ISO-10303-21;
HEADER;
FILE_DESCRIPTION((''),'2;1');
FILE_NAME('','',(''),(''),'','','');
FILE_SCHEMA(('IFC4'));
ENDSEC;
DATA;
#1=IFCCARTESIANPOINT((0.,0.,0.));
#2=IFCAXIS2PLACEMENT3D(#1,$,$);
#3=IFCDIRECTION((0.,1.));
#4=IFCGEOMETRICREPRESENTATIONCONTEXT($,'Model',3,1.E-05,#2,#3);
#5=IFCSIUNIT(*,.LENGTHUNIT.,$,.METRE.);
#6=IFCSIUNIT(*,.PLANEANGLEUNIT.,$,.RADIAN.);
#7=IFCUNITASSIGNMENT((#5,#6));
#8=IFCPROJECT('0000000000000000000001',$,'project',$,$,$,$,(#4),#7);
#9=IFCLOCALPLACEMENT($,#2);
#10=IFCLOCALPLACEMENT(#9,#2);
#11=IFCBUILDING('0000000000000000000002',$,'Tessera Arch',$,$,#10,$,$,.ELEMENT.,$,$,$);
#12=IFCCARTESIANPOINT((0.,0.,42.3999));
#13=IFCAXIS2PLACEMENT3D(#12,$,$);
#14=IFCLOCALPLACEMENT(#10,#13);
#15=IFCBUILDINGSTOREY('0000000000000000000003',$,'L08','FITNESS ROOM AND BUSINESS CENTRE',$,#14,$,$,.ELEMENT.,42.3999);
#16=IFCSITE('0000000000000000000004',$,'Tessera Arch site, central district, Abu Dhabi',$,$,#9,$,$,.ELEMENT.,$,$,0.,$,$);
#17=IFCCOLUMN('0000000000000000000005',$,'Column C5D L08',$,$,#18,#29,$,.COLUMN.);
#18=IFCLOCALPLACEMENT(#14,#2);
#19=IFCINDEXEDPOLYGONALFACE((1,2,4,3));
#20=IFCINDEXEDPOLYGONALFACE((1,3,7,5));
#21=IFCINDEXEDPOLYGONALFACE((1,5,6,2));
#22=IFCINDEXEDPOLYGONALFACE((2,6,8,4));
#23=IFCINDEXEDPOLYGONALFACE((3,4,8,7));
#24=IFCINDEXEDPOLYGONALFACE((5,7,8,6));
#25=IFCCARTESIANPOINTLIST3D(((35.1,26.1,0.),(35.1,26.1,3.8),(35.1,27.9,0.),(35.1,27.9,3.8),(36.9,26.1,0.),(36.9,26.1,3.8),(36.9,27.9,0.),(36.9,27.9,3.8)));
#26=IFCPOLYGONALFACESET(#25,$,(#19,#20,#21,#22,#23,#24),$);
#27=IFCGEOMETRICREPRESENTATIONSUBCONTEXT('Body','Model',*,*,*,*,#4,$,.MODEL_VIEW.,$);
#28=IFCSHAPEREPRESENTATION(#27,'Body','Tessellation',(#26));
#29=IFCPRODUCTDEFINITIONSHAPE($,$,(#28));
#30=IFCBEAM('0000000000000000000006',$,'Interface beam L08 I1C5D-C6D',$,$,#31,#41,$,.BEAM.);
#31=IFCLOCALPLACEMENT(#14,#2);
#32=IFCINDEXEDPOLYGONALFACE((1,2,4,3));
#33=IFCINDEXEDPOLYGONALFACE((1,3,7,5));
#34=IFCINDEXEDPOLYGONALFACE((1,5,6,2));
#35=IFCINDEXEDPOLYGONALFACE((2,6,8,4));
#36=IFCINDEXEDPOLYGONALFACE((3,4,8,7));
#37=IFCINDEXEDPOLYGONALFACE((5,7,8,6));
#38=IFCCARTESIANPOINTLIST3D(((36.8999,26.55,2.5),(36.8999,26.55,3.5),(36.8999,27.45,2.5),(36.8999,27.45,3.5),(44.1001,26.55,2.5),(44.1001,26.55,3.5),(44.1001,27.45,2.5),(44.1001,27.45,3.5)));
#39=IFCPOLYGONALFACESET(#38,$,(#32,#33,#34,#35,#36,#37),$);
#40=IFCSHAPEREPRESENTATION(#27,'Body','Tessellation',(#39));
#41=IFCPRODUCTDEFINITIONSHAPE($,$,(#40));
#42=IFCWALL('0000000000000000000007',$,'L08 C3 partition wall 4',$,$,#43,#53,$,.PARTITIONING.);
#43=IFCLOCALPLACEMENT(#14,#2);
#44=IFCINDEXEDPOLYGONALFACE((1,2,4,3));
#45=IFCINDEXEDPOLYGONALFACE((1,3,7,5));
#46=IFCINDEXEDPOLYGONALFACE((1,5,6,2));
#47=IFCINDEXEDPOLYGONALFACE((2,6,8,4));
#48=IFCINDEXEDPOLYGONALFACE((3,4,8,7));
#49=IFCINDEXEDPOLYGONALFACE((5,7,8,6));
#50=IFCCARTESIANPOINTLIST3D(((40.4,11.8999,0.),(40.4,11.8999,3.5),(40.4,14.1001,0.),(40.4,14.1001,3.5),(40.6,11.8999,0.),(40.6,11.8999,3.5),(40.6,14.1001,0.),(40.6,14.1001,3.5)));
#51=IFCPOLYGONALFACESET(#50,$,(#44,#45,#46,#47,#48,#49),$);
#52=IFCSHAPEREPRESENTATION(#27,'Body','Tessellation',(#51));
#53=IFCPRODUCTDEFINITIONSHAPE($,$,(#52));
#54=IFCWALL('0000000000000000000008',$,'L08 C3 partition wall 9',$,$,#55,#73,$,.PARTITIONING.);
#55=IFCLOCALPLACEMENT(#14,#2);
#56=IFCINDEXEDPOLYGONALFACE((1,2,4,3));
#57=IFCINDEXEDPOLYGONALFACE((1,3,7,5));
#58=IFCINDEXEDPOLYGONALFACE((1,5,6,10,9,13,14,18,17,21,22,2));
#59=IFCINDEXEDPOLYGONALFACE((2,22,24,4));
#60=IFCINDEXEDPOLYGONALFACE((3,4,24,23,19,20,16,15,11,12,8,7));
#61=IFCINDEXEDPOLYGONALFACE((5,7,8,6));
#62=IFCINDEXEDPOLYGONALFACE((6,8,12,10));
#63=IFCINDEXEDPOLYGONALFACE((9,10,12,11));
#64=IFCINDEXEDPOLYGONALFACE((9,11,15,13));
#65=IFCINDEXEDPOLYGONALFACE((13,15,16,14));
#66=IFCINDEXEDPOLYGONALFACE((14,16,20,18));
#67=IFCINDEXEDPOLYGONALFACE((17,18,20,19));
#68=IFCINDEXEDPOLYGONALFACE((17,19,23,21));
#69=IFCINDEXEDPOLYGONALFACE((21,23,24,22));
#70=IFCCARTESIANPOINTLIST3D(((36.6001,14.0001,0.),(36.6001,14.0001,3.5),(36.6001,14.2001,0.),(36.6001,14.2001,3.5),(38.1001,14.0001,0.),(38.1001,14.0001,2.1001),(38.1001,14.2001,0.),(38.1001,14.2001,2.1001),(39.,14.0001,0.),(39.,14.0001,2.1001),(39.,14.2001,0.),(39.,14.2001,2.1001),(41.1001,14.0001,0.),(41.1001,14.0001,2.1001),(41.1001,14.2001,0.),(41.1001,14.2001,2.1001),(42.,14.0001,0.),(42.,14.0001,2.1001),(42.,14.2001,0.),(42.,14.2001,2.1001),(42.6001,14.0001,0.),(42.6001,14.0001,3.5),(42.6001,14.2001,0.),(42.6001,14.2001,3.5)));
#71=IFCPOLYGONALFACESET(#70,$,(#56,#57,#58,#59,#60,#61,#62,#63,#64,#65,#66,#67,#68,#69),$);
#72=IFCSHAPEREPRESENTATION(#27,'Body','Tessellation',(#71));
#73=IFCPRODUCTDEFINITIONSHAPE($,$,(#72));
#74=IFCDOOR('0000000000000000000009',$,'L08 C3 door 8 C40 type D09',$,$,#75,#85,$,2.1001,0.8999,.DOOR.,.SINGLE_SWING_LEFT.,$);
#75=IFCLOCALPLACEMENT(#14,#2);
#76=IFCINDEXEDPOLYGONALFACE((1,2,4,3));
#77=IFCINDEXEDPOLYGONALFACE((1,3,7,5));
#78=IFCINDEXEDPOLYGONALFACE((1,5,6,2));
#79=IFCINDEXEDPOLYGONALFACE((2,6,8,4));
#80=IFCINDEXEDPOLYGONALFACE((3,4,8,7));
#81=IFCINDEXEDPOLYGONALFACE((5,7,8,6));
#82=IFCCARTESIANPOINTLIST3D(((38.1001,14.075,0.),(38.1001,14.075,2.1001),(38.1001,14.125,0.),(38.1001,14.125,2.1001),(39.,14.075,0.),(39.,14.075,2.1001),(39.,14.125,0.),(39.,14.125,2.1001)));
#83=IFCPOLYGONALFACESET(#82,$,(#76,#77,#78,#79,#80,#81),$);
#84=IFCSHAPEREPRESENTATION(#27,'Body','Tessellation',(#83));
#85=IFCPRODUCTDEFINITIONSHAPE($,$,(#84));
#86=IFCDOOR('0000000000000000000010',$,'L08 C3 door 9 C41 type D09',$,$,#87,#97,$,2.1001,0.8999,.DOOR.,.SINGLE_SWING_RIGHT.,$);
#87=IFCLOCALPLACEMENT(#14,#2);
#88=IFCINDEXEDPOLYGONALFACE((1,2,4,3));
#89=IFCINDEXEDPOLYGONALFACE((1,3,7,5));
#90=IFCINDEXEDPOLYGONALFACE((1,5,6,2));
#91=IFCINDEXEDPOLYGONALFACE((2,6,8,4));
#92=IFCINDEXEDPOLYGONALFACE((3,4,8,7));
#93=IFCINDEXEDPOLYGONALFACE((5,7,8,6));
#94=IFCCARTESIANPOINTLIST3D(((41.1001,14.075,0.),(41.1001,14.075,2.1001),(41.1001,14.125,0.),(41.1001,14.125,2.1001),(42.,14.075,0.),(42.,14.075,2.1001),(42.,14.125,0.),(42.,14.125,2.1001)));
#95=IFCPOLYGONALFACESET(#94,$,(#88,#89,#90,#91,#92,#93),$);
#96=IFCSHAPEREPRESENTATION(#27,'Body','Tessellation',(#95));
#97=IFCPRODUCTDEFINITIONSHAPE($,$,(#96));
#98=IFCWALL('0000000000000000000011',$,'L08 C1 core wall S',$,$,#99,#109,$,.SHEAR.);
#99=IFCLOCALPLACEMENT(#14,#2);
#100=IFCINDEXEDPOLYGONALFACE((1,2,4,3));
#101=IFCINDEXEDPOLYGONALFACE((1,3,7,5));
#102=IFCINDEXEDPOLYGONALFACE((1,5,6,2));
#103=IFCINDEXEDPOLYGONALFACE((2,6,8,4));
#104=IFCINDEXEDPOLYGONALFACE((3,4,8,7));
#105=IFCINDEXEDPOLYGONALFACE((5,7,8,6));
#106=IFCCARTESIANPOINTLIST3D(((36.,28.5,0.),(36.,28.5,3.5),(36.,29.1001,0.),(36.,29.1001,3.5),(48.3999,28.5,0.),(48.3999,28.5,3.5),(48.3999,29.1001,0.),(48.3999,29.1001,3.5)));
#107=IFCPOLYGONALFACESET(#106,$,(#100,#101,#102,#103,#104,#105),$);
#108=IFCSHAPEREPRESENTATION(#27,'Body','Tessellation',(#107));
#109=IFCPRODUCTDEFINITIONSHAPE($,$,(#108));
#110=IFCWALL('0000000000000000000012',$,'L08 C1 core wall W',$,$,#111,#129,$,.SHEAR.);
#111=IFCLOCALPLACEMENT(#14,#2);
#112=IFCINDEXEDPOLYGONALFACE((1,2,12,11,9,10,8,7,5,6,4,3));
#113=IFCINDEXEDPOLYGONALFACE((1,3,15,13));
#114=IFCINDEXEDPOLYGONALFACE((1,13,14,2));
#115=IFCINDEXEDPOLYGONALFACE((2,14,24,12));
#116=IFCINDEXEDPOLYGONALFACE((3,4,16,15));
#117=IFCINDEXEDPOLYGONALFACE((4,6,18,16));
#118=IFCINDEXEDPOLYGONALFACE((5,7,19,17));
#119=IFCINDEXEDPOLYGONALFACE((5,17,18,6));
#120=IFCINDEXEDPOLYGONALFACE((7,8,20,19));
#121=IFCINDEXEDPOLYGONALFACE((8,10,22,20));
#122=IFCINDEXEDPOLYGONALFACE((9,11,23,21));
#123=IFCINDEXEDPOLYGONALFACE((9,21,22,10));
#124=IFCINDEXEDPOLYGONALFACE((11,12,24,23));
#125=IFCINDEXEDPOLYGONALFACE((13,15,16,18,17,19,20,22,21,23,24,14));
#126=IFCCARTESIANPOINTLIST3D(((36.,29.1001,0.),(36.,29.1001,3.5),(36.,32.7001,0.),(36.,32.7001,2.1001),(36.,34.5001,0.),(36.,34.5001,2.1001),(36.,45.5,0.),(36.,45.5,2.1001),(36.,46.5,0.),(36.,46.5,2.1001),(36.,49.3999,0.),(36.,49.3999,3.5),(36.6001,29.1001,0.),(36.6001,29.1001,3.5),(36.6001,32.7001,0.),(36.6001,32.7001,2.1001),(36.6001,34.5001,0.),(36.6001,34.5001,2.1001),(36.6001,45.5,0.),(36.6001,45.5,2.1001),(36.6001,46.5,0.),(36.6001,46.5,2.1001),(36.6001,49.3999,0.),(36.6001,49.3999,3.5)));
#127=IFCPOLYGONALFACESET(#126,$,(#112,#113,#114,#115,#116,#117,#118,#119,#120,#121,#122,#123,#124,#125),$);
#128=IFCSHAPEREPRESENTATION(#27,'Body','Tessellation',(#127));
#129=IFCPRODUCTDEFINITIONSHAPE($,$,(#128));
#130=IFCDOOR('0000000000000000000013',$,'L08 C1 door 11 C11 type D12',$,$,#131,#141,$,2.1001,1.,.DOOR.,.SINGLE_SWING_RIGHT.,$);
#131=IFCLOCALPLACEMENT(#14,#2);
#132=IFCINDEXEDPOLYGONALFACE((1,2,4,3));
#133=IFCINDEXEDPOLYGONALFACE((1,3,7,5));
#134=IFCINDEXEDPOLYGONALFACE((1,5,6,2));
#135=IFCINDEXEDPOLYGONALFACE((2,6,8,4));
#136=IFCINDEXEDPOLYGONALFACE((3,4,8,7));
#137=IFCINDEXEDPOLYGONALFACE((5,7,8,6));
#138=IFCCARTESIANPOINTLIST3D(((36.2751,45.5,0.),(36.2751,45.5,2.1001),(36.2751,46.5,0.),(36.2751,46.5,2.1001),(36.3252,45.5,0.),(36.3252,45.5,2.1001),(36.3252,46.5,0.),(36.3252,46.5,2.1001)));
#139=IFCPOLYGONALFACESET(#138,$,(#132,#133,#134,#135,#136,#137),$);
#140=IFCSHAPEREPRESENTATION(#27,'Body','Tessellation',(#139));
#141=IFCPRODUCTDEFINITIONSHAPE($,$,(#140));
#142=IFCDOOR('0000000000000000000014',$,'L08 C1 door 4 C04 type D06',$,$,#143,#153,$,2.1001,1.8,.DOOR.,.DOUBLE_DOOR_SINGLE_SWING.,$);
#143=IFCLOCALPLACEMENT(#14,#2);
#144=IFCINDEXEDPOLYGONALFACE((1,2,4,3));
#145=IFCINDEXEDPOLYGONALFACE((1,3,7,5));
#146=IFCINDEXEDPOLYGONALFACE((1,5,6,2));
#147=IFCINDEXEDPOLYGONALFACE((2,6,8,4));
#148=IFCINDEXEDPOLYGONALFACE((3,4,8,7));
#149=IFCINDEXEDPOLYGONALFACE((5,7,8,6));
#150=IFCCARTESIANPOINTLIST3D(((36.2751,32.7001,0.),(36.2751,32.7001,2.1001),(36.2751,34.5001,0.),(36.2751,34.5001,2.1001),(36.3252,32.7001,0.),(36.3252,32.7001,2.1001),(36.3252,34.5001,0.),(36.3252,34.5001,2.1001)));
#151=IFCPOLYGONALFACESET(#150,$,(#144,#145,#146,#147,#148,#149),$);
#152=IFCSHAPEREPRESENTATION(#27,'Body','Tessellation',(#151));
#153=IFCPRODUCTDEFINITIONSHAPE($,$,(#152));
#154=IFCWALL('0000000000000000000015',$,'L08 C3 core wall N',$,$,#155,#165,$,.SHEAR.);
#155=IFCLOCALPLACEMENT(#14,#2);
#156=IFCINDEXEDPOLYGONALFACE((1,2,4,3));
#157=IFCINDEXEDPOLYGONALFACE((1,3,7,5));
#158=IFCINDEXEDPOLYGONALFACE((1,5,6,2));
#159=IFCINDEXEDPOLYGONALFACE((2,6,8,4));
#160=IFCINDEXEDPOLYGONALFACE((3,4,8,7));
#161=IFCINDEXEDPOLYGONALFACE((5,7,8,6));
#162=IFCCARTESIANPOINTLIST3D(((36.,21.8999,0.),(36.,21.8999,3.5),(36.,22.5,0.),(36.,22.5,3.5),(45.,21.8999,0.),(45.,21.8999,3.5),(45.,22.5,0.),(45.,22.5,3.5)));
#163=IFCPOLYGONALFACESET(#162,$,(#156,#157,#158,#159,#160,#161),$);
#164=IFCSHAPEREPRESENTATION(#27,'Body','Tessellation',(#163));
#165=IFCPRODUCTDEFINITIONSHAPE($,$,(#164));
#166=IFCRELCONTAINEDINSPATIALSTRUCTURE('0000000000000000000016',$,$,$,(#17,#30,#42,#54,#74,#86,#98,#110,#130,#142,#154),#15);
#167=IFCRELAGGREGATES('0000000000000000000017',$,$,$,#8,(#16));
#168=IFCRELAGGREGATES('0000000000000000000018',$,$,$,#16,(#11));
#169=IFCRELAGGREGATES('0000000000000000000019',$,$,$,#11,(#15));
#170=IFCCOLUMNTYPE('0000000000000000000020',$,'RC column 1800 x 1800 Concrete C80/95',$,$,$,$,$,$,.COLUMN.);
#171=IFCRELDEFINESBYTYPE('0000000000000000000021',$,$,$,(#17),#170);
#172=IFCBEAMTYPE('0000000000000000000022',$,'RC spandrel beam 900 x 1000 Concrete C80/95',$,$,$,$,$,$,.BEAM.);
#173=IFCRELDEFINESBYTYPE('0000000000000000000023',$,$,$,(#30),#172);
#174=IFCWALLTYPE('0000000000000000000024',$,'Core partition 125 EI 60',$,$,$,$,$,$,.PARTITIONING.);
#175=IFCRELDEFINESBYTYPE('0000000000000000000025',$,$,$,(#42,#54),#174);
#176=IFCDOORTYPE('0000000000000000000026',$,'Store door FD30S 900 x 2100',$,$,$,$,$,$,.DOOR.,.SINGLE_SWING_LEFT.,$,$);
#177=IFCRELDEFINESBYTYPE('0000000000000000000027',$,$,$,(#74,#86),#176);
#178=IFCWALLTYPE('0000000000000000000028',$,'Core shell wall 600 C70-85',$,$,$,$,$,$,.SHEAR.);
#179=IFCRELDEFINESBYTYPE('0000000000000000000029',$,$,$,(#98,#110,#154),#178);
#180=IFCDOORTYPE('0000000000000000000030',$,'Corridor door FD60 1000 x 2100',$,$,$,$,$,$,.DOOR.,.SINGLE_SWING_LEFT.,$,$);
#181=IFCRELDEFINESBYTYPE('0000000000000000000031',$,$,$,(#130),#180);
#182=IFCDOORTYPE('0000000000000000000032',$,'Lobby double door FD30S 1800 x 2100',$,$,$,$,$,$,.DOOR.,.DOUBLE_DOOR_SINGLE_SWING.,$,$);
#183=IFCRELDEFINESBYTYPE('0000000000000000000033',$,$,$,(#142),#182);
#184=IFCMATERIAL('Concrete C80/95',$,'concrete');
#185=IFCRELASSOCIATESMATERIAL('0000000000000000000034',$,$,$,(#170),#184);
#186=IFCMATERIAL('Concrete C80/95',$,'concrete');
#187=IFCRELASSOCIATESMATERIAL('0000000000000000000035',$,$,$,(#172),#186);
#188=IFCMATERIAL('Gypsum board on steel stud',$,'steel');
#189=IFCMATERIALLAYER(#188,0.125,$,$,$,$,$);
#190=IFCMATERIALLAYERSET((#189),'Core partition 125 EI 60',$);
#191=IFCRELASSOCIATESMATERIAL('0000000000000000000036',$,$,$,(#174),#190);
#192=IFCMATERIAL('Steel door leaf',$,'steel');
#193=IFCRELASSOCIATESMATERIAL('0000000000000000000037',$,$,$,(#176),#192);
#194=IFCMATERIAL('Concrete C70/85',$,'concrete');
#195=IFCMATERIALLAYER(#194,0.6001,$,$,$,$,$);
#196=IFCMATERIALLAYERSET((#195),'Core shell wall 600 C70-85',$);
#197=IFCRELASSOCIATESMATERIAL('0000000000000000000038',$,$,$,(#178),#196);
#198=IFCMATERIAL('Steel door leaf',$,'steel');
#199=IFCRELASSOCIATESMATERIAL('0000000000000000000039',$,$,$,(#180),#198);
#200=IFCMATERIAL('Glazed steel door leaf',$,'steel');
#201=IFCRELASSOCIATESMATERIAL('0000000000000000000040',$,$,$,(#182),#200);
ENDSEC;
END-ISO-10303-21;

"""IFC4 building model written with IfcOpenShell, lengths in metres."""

from ifc_helpers import new_model, si_unit, direction, frame, frame_2d, origin, origin_2d, place, context, subcontext, project, spatial, rectangle, extrude, material, layer, layer_set, material_profile, profile_set, type_object, element, fill, save


model = new_model("IFC4")

# Units and contexts
model_context = context("Model", 3, precision=1e-05, world=origin(), true_north=direction((0.0, 1.0)))
body_context = subcontext(model_context, "Body", "Model", "MODEL_VIEW")
ifc_project = project(units=[si_unit("LENGTHUNIT", "METRE"), si_unit("PLANEANGLEUNIT", "RADIAN")], contexts=[model_context])

# Site, building, storey
site_placement = place(None, origin())
site = spatial("IfcSite", under=ifc_project, at=site_placement, Name="Tessera Arch site, central district, Abu Dhabi", CompositionType="ELEMENT", RefElevation=0.0)
building_placement = place(site_placement, origin())
building = spatial("IfcBuilding", under=site, at=building_placement, Name="Tessera Arch", CompositionType="ELEMENT")
storey_placement = place(building_placement, frame((0.0, 0.0, 42.3999)))
storey = spatial("IfcBuildingStorey", under=building, at=storey_placement, Name="L08", Description="FITNESS ROOM AND BUSINESS CENTRE", CompositionType="ELEMENT", Elevation=42.3999)

# Column
ifc_material_1 = material(Name="Concrete C80/95", Category="concrete")
ifc_material_profile_1 = material_profile(ifc_material_1, rectangle(XDim=1.8, YDim=1.8, at=origin_2d()), Name="RC column 1800 x 1800 Concrete C80/95")
ifc_profile_set_1 = profile_set([ifc_material_profile_1], Name="Concrete C80/95")
column_type = type_object("IfcColumnType", Name="RC column 1800 x 1800 Concrete C80/95", PredefinedType="COLUMN", material=ifc_profile_set_1)
column_placement = place(storey_placement, frame((36.0, 27.0, 0.0), z_axis=(0.0, 0.0, 1.0), x_axis=(1.0, 0.0, 0.0)))
element("IfcColumn", 1, at=column_placement, inside=storey, type_object=column_type, Name="Column C5D L08", PredefinedType="COLUMN", context=body_context, shape_type="SweptSolid", body=[
    extrude(rectangle(XDim=1.8, YDim=1.8, at=origin_2d()), origin(), (0.0, 0.0, 1.0), 3.8),
])

# Beam
ifc_material_2 = material(Name="Concrete C80/95", Category="concrete")
ifc_material_profile_2 = material_profile(ifc_material_2, rectangle(XDim=0.8999, YDim=1.0, at=origin_2d()), Name="RC spandrel beam 900 x 1000 Concrete C80/95")
ifc_profile_set_2 = profile_set([ifc_material_profile_2], Name="Concrete C80/95")
beam_type = type_object("IfcBeamType", Name="RC spandrel beam 900 x 1000 Concrete C80/95", PredefinedType="BEAM", material=ifc_profile_set_2)
beam_placement = place(storey_placement, frame((36.8999, 27.0, 3.0), z_axis=(1.0, 0.0, 0.0), x_axis=(0.0, 1.0, 0.0)))
element("IfcBeam", 2, at=beam_placement, inside=storey, type_object=beam_type, Name="Interface beam L08 I1C5D-C6D", PredefinedType="BEAM", context=body_context, shape_type="SweptSolid", body=[
    extrude(rectangle(XDim=0.8999, YDim=1.0, at=origin_2d()), origin(), (0.0, 0.0, 1.0), 7.2002),
])

# Wall
ifc_material_3 = material(Name="Gypsum board on steel stud", Category="steel")
ifc_layer_1 = layer(ifc_material_3, 0.125)
ifc_layer_set_1 = layer_set([ifc_layer_1], Name="Core partition 125 EI 60")
wall_type_1 = type_object("IfcWallType", Name="Core partition 125 EI 60", PredefinedType="PARTITIONING", material=ifc_layer_set_1)
wall_1_placement = place(storey_placement, frame((40.5, 11.8999, 0.0), z_axis=(0.0, 0.0, 1.0), x_axis=(0.0, 1.0, 0.0)))
element("IfcWall", 3, at=wall_1_placement, inside=storey, type_object=wall_type_1, Name="L08 C3 partition wall 4", PredefinedType="PARTITIONING", context=body_context, shape_type="SweptSolid", body=[
    extrude(rectangle(XDim=2.2002, YDim=0.2, at=frame_2d((1.1001, 0.0))), origin(), (0.0, 0.0, 1.0), 3.5),
])

# Wall, openings, doors
wall_2_placement = place(storey_placement, frame((36.6001, 14.1001, 0.0), z_axis=(0.0, 0.0, 1.0), x_axis=(1.0, 0.0, 0.0)))
wall_2 = element("IfcWall", 4, at=wall_2_placement, inside=storey, type_object=wall_type_1, Name="L08 C3 partition wall 9", PredefinedType="PARTITIONING", context=body_context, shape_type="SweptSolid", body=[
    extrude(rectangle(XDim=6.0, YDim=0.2, at=frame_2d((3.0, 0.0))), origin(), (0.0, 0.0, 1.0), 3.5),
])
opening_1_placement = place(wall_2_placement, frame((1.5, 0.0, 0.0)))
opening_1 = element("IfcOpeningElement", 5, at=opening_1_placement, cuts=wall_2, PredefinedType="OPENING", context=body_context, shape_type="SweptSolid", body=[
    extrude(rectangle(XDim=0.8999, YDim=2.1001, at=frame_2d((0.45, 1.05))), frame((0.0, 0.1099, 0.0), z_axis=(0.0, -1.0, 0.0), x_axis=(1.0, 0.0, 0.0)), (0.0, 0.0, 1.0), 0.22),
])
opening_2_placement = place(wall_2_placement, frame((4.5, 0.0, 0.0)))
opening_2 = element("IfcOpeningElement", 6, at=opening_2_placement, cuts=wall_2, PredefinedType="OPENING", context=body_context, shape_type="SweptSolid", body=[
    extrude(rectangle(XDim=0.8999, YDim=2.1001, at=frame_2d((0.45, 1.05))), frame((0.0, 0.1099, 0.0), z_axis=(0.0, -1.0, 0.0), x_axis=(1.0, 0.0, 0.0)), (0.0, 0.0, 1.0), 0.22),
])
ifc_material_4 = material(Name="Steel door leaf", Category="steel")
door_type_1 = type_object("IfcDoorType", Name="Store door FD30S 900 x 2100", OperationType="SINGLE_SWING_LEFT", PredefinedType="DOOR", material=ifc_material_4)
door_1_placement = place(opening_1_placement, origin())
door_1 = element("IfcDoor", 7, at=door_1_placement, inside=storey, type_object=door_type_1, Name="L08 C3 door 8 C40 type D09", OperationType="SINGLE_SWING_LEFT", OverallHeight=2.1001, OverallWidth=0.8999, PredefinedType="DOOR", context=body_context, shape_type="SweptSolid", body=[
    extrude(rectangle(XDim=0.8999, YDim=2.1001, at=frame_2d((0.45, 1.05))), frame((0.0, 0.0249, 0.0), z_axis=(0.0, -1.0, 0.0), x_axis=(1.0, 0.0, 0.0)), (0.0, 0.0, 1.0), 0.05),
])
fill(opening_1, door_1)
door_2_placement = place(opening_2_placement, origin())
door_2 = element("IfcDoor", 8, at=door_2_placement, inside=storey, type_object=door_type_1, Name="L08 C3 door 9 C41 type D09", OperationType="SINGLE_SWING_RIGHT", OverallHeight=2.1001, OverallWidth=0.8999, PredefinedType="DOOR", context=body_context, shape_type="SweptSolid", body=[
    extrude(rectangle(XDim=0.8999, YDim=2.1001, at=frame_2d((0.45, 1.05))), frame((0.0, 0.0249, 0.0), z_axis=(0.0, -1.0, 0.0), x_axis=(1.0, 0.0, 0.0)), (0.0, 0.0, 1.0), 0.05),
])
fill(opening_2, door_2)

# Wall
ifc_material_5 = material(Name="Concrete C70/85", Category="concrete")
ifc_layer_2 = layer(ifc_material_5, 0.6001)
ifc_layer_set_2 = layer_set([ifc_layer_2], Name="Core shell wall 600 C70-85")
wall_type_2 = type_object("IfcWallType", Name="Core shell wall 600 C70-85", PredefinedType="SHEAR", material=ifc_layer_set_2)
wall_3_placement = place(storey_placement, frame((36.0, 28.8, 0.0), z_axis=(0.0, 0.0, 1.0), x_axis=(1.0, 0.0, 0.0)))
element("IfcWall", 9, at=wall_3_placement, inside=storey, type_object=wall_type_2, Name="L08 C1 core wall S", PredefinedType="SHEAR", context=body_context, shape_type="SweptSolid", body=[
    extrude(rectangle(XDim=12.3999, YDim=0.6001, at=frame_2d((6.2, 0.0))), origin(), (0.0, 0.0, 1.0), 3.5),
])

# Wall, openings, doors
wall_4_placement = place(storey_placement, frame((36.3, 29.1001, 0.0), z_axis=(0.0, 0.0, 1.0), x_axis=(0.0, 1.0, 0.0)))
wall_4 = element("IfcWall", 10, at=wall_4_placement, inside=storey, type_object=wall_type_2, Name="L08 C1 core wall W", PredefinedType="SHEAR", context=body_context, shape_type="SweptSolid", body=[
    extrude(rectangle(XDim=20.2998, YDim=0.6001, at=frame_2d((10.1499, 0.0))), origin(), (0.0, 0.0, 1.0), 3.5),
])
opening_3_placement = place(wall_4_placement, frame((3.6001, 0.0, 0.0)))
opening_3 = element("IfcOpeningElement", 11, at=opening_3_placement, cuts=wall_4, PredefinedType="OPENING", context=body_context, shape_type="SweptSolid", body=[
    extrude(rectangle(XDim=1.8, YDim=2.1001, at=frame_2d((0.8999, 1.05))), frame((0.0, 0.3101, 0.0), z_axis=(0.0, -1.0, 0.0), x_axis=(1.0, 0.0, 0.0)), (0.0, 0.0, 1.0), 0.6201),
])
opening_4_placement = place(wall_4_placement, frame((16.3999, 0.0, 0.0)))
opening_4 = element("IfcOpeningElement", 12, at=opening_4_placement, cuts=wall_4, PredefinedType="OPENING", context=body_context, shape_type="SweptSolid", body=[
    extrude(rectangle(XDim=1.0, YDim=2.1001, at=frame_2d((0.5, 1.05))), frame((0.0, 0.3101, 0.0), z_axis=(0.0, -1.0, 0.0), x_axis=(1.0, 0.0, 0.0)), (0.0, 0.0, 1.0), 0.6201),
])
ifc_material_6 = material(Name="Steel door leaf", Category="steel")
door_type_2 = type_object("IfcDoorType", Name="Corridor door FD60 1000 x 2100", OperationType="SINGLE_SWING_LEFT", PredefinedType="DOOR", material=ifc_material_6)
door_3_placement = place(opening_4_placement, origin())
door_3 = element("IfcDoor", 13, at=door_3_placement, inside=storey, type_object=door_type_2, Name="L08 C1 door 11 C11 type D12", OperationType="SINGLE_SWING_RIGHT", OverallHeight=2.1001, OverallWidth=1.0, PredefinedType="DOOR", context=body_context, shape_type="SweptSolid", body=[
    extrude(rectangle(XDim=1.0, YDim=2.1001, at=frame_2d((0.5, 1.05))), frame((0.0, 0.0249, 0.0), z_axis=(0.0, -1.0, 0.0), x_axis=(1.0, 0.0, 0.0)), (0.0, 0.0, 1.0), 0.05),
])
fill(opening_4, door_3)
ifc_material_7 = material(Name="Glazed steel door leaf", Category="steel")
door_type_3 = type_object("IfcDoorType", Name="Lobby double door FD30S 1800 x 2100", OperationType="DOUBLE_DOOR_SINGLE_SWING", PredefinedType="DOOR", material=ifc_material_7)
door_4_placement = place(opening_3_placement, origin())
door_4 = element("IfcDoor", 14, at=door_4_placement, inside=storey, type_object=door_type_3, Name="L08 C1 door 4 C04 type D06", OperationType="DOUBLE_DOOR_SINGLE_SWING", OverallHeight=2.1001, OverallWidth=1.8, PredefinedType="DOOR", context=body_context, shape_type="SweptSolid", body=[
    extrude(rectangle(XDim=1.8, YDim=2.1001, at=frame_2d((0.8999, 1.05))), frame((0.0, 0.0249, 0.0), z_axis=(0.0, -1.0, 0.0), x_axis=(1.0, 0.0, 0.0)), (0.0, 0.0, 1.0), 0.05),
])
fill(opening_3, door_4)

# Wall
wall_5_placement = place(storey_placement, frame((36.0, 22.2, 0.0), z_axis=(0.0, 0.0, 1.0), x_axis=(1.0, 0.0, 0.0)))
element("IfcWall", 15, at=wall_5_placement, inside=storey, type_object=wall_type_2, Name="L08 C3 core wall N", PredefinedType="SHEAR", context=body_context, shape_type="SweptSolid", body=[
    extrude(rectangle(XDim=9.0, YDim=0.6001, at=frame_2d((4.5, 0.0))), origin(), (0.0, 0.0, 1.0), 3.5),
])

save(model, "model.ifc")
